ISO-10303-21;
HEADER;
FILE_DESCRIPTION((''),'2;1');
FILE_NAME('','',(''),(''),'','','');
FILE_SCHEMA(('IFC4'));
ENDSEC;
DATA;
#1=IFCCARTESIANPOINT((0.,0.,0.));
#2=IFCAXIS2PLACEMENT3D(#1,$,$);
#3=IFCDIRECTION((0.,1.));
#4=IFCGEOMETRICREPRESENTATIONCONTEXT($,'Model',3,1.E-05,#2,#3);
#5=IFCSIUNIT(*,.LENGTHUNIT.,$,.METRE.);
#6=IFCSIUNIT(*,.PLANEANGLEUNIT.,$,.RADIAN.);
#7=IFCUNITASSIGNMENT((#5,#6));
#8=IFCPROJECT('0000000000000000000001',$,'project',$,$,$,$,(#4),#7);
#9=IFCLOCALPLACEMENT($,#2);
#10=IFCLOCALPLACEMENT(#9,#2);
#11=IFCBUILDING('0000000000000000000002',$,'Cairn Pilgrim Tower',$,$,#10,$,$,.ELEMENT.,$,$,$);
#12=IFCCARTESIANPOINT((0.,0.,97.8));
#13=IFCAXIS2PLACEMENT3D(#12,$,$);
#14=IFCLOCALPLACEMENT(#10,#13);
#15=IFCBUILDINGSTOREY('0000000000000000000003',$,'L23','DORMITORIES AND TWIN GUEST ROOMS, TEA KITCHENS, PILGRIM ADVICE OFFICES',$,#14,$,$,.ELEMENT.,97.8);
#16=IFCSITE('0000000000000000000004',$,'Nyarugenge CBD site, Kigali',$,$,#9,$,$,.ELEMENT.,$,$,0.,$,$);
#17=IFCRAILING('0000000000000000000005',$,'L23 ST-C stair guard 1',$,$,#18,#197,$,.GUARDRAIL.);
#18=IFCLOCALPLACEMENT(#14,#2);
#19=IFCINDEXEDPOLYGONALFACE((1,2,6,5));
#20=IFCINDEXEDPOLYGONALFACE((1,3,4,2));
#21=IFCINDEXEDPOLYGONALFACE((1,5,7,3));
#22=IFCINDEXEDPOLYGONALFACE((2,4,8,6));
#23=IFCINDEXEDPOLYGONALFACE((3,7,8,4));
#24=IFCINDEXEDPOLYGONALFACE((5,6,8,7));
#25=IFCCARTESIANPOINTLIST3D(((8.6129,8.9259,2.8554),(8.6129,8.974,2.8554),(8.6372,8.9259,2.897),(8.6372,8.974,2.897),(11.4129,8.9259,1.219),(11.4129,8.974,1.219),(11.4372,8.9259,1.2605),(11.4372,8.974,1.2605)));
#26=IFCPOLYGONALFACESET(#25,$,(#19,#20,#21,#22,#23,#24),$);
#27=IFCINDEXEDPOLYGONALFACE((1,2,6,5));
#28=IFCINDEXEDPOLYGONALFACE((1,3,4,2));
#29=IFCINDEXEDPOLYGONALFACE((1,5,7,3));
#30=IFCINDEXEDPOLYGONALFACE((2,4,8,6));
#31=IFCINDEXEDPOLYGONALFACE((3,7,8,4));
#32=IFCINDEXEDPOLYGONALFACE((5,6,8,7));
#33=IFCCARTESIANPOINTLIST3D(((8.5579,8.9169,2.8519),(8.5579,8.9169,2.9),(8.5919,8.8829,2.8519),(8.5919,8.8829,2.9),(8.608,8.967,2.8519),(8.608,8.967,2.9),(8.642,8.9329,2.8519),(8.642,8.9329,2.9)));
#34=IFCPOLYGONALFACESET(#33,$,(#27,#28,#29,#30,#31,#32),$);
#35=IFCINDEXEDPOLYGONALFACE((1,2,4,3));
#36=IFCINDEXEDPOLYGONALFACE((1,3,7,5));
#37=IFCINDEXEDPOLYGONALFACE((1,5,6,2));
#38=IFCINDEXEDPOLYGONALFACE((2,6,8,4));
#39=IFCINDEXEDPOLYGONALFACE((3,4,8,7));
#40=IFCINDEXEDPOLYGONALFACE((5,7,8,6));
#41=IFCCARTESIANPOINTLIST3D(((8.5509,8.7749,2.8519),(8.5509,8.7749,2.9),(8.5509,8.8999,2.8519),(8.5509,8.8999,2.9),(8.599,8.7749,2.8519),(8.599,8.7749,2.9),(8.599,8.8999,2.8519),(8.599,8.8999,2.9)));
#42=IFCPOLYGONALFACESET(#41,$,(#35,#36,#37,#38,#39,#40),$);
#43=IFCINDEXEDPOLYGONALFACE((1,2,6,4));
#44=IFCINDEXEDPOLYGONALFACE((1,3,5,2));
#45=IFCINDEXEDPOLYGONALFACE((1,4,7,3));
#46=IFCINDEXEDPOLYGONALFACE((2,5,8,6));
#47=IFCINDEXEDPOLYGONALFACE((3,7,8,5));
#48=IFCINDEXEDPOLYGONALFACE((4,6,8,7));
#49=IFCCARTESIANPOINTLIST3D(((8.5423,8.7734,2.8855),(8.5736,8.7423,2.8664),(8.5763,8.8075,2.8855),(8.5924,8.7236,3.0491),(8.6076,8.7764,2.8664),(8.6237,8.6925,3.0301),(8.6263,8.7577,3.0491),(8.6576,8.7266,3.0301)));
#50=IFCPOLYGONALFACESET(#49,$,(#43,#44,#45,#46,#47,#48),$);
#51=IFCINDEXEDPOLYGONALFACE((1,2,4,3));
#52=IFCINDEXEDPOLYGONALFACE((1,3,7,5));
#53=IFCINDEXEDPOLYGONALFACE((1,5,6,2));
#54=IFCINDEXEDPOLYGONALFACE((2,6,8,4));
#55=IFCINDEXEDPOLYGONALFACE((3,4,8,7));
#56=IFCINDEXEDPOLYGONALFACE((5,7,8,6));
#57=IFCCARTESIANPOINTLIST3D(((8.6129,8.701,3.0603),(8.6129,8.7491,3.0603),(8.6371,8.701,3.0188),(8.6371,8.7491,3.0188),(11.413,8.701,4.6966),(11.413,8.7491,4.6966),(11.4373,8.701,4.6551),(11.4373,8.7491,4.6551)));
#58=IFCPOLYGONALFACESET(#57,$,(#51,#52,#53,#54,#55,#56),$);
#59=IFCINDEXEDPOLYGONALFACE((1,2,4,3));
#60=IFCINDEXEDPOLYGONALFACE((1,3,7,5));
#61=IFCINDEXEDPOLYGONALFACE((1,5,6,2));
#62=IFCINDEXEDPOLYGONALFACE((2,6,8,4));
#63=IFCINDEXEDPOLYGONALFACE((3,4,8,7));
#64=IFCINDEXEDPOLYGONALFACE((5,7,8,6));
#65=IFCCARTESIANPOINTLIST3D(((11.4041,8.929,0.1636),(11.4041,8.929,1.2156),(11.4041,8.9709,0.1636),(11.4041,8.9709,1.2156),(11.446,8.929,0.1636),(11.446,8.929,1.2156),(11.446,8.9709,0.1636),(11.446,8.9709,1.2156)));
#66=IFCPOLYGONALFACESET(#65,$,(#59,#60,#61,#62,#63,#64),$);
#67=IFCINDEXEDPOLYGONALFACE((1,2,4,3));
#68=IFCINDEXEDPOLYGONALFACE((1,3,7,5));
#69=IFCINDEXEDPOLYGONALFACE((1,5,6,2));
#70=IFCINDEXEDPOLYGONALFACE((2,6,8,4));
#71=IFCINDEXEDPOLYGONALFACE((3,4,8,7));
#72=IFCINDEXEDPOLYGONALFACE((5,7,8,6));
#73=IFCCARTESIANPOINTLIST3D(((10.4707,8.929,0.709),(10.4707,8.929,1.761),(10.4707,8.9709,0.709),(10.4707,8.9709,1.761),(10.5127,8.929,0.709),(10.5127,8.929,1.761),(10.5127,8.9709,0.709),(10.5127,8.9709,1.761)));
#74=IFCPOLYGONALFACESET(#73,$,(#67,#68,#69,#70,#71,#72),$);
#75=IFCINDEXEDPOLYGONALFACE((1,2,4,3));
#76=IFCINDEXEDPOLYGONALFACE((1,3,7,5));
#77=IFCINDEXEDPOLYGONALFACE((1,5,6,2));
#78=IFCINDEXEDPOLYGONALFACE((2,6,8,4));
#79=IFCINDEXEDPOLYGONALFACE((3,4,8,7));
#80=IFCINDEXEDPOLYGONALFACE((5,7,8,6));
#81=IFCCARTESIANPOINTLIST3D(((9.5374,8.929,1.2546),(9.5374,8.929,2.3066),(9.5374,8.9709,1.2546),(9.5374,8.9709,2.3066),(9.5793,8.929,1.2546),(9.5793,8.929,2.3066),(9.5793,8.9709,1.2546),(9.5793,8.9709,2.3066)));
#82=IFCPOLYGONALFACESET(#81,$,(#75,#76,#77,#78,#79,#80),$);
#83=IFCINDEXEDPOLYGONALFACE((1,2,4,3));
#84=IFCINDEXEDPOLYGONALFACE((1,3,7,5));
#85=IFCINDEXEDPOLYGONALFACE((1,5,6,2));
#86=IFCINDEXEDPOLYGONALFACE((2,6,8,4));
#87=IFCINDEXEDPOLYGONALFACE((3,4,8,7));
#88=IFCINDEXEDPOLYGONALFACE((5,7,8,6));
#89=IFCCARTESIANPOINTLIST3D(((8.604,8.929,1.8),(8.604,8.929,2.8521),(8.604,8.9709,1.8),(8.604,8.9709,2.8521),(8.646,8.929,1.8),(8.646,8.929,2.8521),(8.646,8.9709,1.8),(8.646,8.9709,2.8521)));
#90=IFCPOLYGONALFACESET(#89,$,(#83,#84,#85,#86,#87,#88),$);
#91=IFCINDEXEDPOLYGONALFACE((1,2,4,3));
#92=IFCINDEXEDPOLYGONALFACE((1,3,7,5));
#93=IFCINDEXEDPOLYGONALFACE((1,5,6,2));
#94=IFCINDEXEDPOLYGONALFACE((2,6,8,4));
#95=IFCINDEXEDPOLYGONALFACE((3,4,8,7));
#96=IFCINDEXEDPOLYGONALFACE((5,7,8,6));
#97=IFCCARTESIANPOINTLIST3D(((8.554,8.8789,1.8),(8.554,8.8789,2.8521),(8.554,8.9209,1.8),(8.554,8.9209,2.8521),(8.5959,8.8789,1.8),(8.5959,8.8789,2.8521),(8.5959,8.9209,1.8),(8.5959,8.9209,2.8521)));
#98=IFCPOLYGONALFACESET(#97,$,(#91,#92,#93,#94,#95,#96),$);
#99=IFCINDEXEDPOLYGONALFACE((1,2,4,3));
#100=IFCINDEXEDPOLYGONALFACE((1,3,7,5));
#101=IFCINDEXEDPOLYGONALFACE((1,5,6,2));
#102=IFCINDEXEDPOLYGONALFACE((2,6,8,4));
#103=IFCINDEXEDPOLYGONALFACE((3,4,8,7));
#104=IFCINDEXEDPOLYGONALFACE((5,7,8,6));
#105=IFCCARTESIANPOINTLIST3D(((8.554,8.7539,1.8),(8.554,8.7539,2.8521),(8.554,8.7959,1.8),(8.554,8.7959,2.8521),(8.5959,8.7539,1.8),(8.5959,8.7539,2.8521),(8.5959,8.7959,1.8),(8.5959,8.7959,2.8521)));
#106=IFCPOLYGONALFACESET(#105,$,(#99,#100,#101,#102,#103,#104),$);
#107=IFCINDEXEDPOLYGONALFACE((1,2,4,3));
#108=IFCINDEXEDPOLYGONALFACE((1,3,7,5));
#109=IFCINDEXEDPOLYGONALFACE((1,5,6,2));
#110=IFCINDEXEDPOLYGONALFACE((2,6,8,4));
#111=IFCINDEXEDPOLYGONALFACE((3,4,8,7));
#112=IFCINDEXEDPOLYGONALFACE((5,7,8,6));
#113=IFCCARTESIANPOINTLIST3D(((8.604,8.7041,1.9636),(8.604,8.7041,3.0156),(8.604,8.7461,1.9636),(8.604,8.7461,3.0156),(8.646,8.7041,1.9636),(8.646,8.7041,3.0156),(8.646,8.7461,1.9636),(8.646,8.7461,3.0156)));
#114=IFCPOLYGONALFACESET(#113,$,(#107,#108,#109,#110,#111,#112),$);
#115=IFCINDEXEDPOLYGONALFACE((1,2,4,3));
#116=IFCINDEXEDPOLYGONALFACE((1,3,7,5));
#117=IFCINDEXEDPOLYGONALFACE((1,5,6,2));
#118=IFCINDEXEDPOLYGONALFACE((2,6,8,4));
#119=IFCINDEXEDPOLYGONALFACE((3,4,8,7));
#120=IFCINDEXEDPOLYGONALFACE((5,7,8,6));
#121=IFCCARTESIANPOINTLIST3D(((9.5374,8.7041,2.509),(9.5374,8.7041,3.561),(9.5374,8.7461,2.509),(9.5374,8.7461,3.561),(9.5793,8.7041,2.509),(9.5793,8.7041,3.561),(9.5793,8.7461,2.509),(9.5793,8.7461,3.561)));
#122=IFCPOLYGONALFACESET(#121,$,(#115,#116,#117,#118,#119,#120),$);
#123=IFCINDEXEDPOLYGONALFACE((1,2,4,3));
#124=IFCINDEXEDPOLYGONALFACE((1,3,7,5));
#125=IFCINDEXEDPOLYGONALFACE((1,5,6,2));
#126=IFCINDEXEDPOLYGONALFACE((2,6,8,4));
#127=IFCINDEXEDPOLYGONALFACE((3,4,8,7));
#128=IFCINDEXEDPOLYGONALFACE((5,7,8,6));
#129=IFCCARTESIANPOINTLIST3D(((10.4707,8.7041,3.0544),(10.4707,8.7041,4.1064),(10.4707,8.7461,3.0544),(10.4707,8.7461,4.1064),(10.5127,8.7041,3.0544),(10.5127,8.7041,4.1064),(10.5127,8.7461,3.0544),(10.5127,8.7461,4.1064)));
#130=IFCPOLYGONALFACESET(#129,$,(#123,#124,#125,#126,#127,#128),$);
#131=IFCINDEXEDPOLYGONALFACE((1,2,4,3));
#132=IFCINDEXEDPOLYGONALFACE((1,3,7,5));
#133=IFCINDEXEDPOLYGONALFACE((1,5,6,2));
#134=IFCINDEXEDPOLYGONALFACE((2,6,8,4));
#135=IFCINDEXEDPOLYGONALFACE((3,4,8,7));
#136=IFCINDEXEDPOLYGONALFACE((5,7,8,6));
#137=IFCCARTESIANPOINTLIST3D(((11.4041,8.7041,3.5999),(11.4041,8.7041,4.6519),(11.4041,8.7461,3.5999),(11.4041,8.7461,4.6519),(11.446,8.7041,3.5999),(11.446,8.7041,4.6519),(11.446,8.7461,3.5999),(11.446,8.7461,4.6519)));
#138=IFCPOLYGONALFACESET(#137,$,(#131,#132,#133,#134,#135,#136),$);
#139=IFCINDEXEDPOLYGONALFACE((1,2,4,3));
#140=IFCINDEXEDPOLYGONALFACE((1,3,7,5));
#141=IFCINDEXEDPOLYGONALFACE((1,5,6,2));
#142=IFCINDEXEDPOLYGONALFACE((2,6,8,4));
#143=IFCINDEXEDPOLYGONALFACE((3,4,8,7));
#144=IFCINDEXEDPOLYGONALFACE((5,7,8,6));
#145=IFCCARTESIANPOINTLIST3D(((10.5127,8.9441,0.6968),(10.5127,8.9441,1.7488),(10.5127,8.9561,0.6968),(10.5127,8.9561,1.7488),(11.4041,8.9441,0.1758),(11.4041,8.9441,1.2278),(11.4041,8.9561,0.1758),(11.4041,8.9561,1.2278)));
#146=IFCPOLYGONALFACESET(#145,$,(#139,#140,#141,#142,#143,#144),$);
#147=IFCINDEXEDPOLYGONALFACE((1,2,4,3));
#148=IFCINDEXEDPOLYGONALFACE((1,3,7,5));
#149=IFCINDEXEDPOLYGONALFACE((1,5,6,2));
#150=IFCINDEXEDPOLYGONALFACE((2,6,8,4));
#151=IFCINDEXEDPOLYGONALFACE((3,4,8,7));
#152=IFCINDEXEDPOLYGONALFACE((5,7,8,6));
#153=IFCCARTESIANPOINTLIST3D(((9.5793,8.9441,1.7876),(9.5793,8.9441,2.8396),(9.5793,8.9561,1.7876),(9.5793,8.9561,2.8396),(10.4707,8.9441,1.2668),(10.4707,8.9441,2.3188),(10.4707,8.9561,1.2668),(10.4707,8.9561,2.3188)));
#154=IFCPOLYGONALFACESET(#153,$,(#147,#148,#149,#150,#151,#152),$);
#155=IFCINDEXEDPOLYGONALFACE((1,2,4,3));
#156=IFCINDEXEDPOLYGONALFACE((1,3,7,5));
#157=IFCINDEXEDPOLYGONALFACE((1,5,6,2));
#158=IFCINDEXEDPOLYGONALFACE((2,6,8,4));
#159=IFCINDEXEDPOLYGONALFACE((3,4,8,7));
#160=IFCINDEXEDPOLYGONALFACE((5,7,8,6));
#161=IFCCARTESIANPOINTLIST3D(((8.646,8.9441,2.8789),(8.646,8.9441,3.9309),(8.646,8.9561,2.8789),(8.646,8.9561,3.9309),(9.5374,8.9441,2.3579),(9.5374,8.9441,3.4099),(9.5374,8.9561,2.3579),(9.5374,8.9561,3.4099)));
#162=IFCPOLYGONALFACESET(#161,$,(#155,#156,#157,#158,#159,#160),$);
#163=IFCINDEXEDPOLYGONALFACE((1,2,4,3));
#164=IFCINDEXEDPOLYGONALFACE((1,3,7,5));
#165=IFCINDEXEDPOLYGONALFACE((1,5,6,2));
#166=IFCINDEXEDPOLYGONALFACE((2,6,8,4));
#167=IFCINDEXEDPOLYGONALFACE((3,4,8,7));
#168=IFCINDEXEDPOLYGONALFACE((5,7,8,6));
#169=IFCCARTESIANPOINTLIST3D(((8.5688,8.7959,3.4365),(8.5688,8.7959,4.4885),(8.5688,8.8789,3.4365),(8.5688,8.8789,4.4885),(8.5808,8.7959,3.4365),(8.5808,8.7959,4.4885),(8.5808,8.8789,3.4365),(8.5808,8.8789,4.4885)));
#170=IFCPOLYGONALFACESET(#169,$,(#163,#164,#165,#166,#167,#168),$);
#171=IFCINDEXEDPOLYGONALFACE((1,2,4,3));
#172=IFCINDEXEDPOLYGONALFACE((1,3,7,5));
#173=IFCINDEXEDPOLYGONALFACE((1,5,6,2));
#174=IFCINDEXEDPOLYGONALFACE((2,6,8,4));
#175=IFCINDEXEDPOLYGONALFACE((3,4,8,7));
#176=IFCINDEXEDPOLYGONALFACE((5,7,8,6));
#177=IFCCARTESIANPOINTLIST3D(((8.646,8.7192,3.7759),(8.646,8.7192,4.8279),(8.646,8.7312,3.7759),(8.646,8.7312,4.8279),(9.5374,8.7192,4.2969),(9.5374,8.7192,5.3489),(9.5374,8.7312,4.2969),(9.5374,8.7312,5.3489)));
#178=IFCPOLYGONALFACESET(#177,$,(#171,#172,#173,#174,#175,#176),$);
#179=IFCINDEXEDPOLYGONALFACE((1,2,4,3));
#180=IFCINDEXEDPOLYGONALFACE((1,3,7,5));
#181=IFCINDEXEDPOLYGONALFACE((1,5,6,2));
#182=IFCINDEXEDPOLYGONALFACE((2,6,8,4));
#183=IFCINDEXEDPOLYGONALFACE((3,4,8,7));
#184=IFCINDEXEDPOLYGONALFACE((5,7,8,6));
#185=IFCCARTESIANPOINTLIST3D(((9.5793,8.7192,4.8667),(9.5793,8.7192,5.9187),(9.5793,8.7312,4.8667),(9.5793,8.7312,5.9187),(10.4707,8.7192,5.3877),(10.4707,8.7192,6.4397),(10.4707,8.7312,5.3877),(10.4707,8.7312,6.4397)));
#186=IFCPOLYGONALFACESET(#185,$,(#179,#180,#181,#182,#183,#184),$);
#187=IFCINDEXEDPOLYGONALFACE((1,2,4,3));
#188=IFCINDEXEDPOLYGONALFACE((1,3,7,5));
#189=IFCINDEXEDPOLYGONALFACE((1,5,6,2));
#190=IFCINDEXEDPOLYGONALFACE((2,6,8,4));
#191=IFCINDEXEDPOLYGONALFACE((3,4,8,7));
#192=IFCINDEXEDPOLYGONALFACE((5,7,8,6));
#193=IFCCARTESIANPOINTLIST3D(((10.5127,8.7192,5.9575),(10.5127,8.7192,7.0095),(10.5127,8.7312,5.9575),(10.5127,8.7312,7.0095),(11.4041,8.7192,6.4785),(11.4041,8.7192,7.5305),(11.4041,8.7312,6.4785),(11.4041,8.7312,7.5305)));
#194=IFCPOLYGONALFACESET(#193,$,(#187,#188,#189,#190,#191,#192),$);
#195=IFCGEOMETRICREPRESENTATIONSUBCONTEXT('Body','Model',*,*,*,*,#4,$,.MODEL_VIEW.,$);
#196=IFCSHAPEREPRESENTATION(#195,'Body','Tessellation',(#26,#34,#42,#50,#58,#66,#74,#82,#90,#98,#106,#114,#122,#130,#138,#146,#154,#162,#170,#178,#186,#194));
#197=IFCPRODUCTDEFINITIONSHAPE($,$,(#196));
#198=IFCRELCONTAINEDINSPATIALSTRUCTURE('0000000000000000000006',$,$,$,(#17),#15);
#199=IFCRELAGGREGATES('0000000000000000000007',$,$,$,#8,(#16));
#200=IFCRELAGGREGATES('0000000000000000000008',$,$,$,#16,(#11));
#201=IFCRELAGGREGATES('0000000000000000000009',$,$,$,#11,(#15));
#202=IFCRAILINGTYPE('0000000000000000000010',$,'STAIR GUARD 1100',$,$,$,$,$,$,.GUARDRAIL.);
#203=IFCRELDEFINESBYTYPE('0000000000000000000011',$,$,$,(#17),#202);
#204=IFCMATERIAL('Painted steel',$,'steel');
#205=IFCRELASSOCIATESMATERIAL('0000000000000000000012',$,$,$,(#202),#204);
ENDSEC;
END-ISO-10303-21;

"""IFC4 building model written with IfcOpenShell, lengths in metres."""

from ifc_helpers import new_model, si_unit, direction, frame, origin, origin_2d, place, context, subcontext, project, spatial, polyline, rectangle, outline, extrude, material, type_object, element, save


model = new_model("IFC4")

# Units and contexts
model_context = context("Model", 3, precision=1e-05, world=origin(), true_north=direction((0.0, 1.0)))
body_context = subcontext(model_context, "Body", "Model", "MODEL_VIEW")
ifc_project = project(units=[si_unit("LENGTHUNIT", "METRE"), si_unit("PLANEANGLEUNIT", "RADIAN")], contexts=[model_context])

# Site, building, storey
site_placement = place(None, origin())
site = spatial("IfcSite", under=ifc_project, at=site_placement, Name="Nyarugenge CBD site, Kigali", CompositionType="ELEMENT", RefElevation=0.0)
building_placement = place(site_placement, origin())
building = spatial("IfcBuilding", under=site, at=building_placement, Name="Cairn Pilgrim Tower", CompositionType="ELEMENT")
storey_placement = place(building_placement, frame((0.0, 0.0, 97.8)))
storey = spatial("IfcBuildingStorey", under=building, at=storey_placement, Name="L23", Description="DORMITORIES AND TWIN GUEST ROOMS, TEA KITCHENS, PILGRIM ADVICE OFFICES", CompositionType="ELEMENT", Elevation=97.8)

# Shared definitions
ifc_material_1 = material(Name="Painted steel", Category="steel")

# Railing
railing_type_1 = type_object("IfcRailingType", Name="STAIR GUARD 1100", PredefinedType="GUARDRAIL", material=ifc_material_1)
railing_1_placement = place(storey_placement, frame((11.425, 8.95, 0.1636)))
element("IfcRailing", 1, at=railing_1_placement, inside=storey, type_object=railing_type_1, Name="L23 ST-C stair guard 1", PredefinedType="GUARDRAIL", context=body_context, shape_type="SweptSolid", body=[
    extrude(rectangle(XDim=0.0481, YDim=0.0481, at=origin_2d()), frame((0.0, 0.0, 1.0762), z_axis=(-0.863361, 0.0, 0.504587), x_axis=(0.0, -1.0, 0.0)), (0.0, 0.0, 1.0), 3.2432),
    extrude(rectangle(XDim=0.0481, YDim=0.0481, at=origin_2d()), frame((-2.8, 0.0, 2.7124), z_axis=(-0.707107, -0.707107, 0.0), x_axis=(0.707107, -0.707107, 0.0)), (0.0, 0.0, 1.0), 0.0708),
    extrude(rectangle(XDim=0.0481, YDim=0.0481, at=origin_2d()), frame((-2.8501, -0.05, 2.7124), z_axis=(0.0, -1.0, 0.0), x_axis=(1.0, 0.0, 0.0)), (0.0, 0.0, 1.0), 0.125),
    extrude(rectangle(XDim=0.0481, YDim=0.0481, at=origin_2d()), frame((-2.8501, -0.175, 2.7124), z_axis=(0.280917, -0.279546, 0.918118), x_axis=(0.705376, 0.708834, 0.0)), (0.0, 0.0, 1.0), 0.1782),
    extrude(rectangle(XDim=0.0481, YDim=0.0481, at=origin_2d()), frame((-2.8, -0.2249, 2.876), z_axis=(0.863394, 0.0, 0.504531), x_axis=(0.0, 1.0, 0.0)), (0.0, 0.0, 1.0), 3.2432),
    extrude(rectangle(XDim=0.042, YDim=0.042, at=origin_2d()), origin(), (0.0, 0.0, 1.0), 1.052),
    extrude(rectangle(XDim=0.042, YDim=0.042, at=origin_2d()), frame((-0.9333, 0.0, 0.5454)), (0.0, 0.0, 1.0), 1.052),
    extrude(rectangle(XDim=0.042, YDim=0.042, at=origin_2d()), frame((-1.8667, 0.0, 1.0911)), (0.0, 0.0, 1.0), 1.052),
    extrude(rectangle(XDim=0.042, YDim=0.042, at=origin_2d()), frame((-2.8, 0.0, 1.6365)), (0.0, 0.0, 1.0), 1.052),
    extrude(rectangle(XDim=0.042, YDim=0.042, at=origin_2d()), frame((-2.8501, -0.05, 1.6365)), (0.0, 0.0, 1.0), 1.052),
    extrude(rectangle(XDim=0.042, YDim=0.042, at=origin_2d()), frame((-2.8501, -0.175, 1.6365)), (0.0, 0.0, 1.0), 1.052),
    extrude(rectangle(XDim=0.042, YDim=0.042, at=origin_2d()), frame((-2.8, -0.2249, 1.8)), (0.0, 0.0, 1.0), 1.052),
    extrude(rectangle(XDim=0.042, YDim=0.042, at=origin_2d()), frame((-1.8667, -0.2249, 2.3455)), (0.0, 0.0, 1.0), 1.052),
    extrude(rectangle(XDim=0.042, YDim=0.042, at=origin_2d()), frame((-0.9333, -0.2249, 2.8909)), (0.0, 0.0, 1.0), 1.052),
    extrude(rectangle(XDim=0.042, YDim=0.042, at=origin_2d()), frame((0.0, -0.2249, 3.4363)), (0.0, 0.0, 1.0), 1.052),
    extrude(outline(polyline([(0.021, 0.0122), (0.9124, 0.5332), (0.9124, 1.5852), (0.021, 1.0642), (0.021, 0.0122)])), frame((0.0, -0.0059, 0.0), z_axis=(0.0, 1.0, 0.0), x_axis=(-1.0, 0.0, 0.0)), (0.0, 0.0, 1.0), 0.012),
    extrude(outline(polyline([(0.021, 0.5579), (0.9124, 1.0786), (0.9124, 2.1306), (0.021, 1.6099), (0.021, 0.5579)])), frame((-0.9333, -0.0059, 0.5454), z_axis=(0.0, 1.0, 0.0), x_axis=(-1.0, 0.0, 0.0)), (0.0, 0.0, 1.0), 0.012),
    extrude(outline(polyline([(0.021, 1.1033), (0.9124, 1.6243), (0.9124, 2.6763), (0.021, 2.1553), (0.021, 1.1033)])), frame((-1.8667, -0.0059, 1.0911), z_axis=(0.0, 1.0, 0.0), x_axis=(-1.0, 0.0, 0.0)), (0.0, 0.0, 1.0), 0.012),
    extrude(outline(polyline([(0.021, 1.6365), (0.104, 1.6365), (0.104, 2.6885), (0.021, 2.6885), (0.021, 1.6365)])), frame((-2.8442, -0.05, 1.6365), z_axis=(-1.0, 0.0, 0.0), x_axis=(0.0, -1.0, 0.0)), (0.0, 0.0, 1.0), 0.012),
    extrude(outline(polyline([(0.021, 1.8123), (0.9124, 2.3333), (0.9124, 3.3853), (0.021, 2.8643), (0.021, 1.8123)])), frame((-2.8, -0.2188, 1.8), z_axis=(0.0, -1.0, 0.0), x_axis=(1.0, 0.0, 0.0)), (0.0, 0.0, 1.0), 0.012),
    extrude(outline(polyline([(0.021, 2.3577), (0.9124, 2.8787), (0.9124, 3.9307), (0.021, 3.4097), (0.021, 2.3577)])), frame((-1.8667, -0.2188, 2.3455), z_axis=(0.0, -1.0, 0.0), x_axis=(1.0, 0.0, 0.0)), (0.0, 0.0, 1.0), 0.012),
    extrude(outline(polyline([(0.021, 2.9031), (0.9124, 3.4241), (0.9124, 4.4761), (0.021, 3.9551), (0.021, 2.9031)])), frame((-0.9333, -0.2188, 2.8909), z_axis=(0.0, -1.0, 0.0), x_axis=(1.0, 0.0, 0.0)), (0.0, 0.0, 1.0), 0.012),
])

save(model, "model.ifc")
